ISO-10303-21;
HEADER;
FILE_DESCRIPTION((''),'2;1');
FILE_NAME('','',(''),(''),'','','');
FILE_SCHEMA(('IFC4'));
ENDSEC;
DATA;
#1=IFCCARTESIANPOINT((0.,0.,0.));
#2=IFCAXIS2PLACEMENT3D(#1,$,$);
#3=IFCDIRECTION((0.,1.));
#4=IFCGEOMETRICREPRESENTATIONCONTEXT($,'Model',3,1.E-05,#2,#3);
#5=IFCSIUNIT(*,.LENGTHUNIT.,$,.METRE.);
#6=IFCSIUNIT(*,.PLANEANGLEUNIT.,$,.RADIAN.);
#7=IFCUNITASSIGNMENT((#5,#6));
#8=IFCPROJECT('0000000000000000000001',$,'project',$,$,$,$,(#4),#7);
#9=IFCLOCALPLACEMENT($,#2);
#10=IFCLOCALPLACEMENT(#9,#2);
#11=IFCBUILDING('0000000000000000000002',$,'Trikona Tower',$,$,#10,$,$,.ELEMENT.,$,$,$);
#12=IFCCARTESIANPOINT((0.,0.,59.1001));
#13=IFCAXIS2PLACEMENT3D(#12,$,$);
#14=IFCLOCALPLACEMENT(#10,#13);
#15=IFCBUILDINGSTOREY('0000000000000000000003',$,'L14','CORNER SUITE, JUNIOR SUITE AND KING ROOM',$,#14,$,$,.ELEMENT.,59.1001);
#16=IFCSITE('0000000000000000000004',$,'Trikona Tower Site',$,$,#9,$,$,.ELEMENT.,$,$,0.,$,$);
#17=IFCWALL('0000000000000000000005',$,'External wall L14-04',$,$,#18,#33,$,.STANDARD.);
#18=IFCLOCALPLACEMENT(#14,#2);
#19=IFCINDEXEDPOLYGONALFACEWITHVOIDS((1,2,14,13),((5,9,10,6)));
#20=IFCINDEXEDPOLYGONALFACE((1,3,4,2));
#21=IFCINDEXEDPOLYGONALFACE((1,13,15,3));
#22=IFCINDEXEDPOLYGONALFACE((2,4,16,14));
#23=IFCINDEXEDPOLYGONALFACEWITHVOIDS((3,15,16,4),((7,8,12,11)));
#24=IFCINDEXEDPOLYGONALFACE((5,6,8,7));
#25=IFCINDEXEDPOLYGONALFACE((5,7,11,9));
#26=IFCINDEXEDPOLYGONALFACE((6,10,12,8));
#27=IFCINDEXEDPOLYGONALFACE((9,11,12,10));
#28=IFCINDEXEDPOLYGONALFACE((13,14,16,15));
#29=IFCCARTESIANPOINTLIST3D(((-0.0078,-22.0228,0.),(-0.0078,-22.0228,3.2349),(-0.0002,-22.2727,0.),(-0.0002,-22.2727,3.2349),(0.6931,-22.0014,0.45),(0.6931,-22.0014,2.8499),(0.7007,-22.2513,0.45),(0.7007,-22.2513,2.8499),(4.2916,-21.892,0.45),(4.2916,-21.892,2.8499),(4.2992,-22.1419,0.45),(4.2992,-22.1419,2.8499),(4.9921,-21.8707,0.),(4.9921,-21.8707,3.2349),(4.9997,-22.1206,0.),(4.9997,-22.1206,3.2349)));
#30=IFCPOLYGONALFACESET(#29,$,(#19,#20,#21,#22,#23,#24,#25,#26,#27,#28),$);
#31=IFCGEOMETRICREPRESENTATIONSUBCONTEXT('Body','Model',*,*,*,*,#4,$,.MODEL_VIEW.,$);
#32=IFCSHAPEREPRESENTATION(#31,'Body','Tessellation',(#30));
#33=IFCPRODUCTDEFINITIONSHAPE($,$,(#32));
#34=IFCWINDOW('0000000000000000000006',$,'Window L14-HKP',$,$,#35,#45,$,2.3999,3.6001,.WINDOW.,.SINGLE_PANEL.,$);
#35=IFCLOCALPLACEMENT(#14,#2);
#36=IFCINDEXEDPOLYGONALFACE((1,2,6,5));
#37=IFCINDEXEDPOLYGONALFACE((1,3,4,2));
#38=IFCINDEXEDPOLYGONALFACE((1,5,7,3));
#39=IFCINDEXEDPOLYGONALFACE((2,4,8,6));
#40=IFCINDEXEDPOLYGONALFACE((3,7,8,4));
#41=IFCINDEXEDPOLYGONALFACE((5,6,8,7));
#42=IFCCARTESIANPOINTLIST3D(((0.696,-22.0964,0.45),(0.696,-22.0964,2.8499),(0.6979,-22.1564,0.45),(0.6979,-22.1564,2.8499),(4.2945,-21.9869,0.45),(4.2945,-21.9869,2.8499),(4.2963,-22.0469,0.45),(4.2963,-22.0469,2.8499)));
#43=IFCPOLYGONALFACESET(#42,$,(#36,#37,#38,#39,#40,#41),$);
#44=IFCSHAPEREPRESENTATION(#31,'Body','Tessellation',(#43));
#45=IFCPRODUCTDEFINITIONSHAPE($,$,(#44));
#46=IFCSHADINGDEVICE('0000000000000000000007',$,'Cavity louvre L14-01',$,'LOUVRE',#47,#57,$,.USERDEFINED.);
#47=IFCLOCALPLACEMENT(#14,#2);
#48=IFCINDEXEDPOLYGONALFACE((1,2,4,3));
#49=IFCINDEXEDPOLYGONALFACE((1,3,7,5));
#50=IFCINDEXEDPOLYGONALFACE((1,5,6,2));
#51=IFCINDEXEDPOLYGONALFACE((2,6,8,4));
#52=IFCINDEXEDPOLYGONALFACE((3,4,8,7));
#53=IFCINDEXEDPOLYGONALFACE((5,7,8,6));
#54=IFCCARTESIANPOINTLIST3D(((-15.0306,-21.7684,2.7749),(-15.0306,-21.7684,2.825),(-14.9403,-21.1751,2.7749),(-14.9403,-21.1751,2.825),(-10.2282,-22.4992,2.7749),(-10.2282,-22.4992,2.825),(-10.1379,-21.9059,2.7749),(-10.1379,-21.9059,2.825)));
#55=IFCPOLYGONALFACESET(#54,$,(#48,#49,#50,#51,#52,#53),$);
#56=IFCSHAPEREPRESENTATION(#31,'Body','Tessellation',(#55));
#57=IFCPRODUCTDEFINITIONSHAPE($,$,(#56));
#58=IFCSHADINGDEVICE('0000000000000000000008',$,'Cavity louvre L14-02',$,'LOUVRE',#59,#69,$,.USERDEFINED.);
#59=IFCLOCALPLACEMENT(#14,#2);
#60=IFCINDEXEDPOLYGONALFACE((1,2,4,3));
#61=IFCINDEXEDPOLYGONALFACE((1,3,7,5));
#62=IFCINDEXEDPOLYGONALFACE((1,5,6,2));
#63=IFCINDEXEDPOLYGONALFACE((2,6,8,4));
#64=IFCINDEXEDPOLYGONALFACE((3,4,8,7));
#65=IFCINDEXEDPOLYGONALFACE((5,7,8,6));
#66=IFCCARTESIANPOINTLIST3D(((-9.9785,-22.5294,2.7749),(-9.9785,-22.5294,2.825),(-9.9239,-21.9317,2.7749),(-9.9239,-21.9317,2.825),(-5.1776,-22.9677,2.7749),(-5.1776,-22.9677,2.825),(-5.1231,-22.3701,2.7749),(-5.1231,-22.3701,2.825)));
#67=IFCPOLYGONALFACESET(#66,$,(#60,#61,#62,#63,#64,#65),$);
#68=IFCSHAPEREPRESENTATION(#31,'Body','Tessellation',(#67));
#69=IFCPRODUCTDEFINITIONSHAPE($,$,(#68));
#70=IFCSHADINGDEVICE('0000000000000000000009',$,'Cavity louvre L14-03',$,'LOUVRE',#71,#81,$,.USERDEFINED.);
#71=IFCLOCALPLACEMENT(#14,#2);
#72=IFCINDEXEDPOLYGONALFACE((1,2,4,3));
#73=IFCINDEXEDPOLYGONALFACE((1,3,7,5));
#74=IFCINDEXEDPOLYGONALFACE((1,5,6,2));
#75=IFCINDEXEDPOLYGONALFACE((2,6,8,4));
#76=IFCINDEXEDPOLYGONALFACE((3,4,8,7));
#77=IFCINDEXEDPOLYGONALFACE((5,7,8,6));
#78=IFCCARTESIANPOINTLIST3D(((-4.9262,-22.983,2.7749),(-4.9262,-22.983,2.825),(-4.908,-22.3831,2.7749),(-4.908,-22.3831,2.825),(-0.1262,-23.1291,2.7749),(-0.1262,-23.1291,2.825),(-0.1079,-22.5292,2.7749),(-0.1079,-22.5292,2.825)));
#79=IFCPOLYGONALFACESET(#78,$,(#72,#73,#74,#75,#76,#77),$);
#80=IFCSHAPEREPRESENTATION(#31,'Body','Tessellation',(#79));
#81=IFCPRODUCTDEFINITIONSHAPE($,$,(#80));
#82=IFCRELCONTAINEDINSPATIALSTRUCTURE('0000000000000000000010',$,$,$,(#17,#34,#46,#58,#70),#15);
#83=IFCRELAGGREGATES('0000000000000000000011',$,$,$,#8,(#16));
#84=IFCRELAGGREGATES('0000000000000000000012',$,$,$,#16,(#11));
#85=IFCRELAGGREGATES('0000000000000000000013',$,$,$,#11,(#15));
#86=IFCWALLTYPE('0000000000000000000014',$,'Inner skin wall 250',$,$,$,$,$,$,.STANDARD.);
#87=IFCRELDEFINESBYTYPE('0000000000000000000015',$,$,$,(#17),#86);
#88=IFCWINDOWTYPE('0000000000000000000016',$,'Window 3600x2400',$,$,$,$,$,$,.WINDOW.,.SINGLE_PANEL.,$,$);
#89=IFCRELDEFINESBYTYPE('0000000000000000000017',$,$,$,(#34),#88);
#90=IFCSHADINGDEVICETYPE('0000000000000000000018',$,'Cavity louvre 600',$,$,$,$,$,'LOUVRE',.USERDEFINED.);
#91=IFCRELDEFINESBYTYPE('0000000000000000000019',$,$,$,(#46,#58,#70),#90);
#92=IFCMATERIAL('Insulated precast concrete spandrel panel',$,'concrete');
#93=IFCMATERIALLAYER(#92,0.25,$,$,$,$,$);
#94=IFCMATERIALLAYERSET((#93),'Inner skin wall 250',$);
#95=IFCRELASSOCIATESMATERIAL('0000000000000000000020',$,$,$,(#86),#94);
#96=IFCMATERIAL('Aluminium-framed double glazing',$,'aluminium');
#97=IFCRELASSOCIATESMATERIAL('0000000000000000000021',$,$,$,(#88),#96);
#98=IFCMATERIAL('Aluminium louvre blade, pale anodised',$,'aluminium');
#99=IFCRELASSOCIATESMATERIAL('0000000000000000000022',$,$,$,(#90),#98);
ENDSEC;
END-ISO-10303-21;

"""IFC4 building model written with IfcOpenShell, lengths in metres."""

from ifc_helpers import new_model, si_unit, direction, frame, frame_2d, origin, origin_2d, place, context, subcontext, project, spatial, rectangle, extrude, material, layer, layer_set, type_object, element, fill, save


model = new_model("IFC4")

# Units and contexts
model_context = context("Model", 3, precision=1e-05, world=origin(), true_north=direction((0.0, 1.0)))
body_context = subcontext(model_context, "Body", "Model", "MODEL_VIEW")
ifc_project = project(units=[si_unit("LENGTHUNIT", "METRE"), si_unit("PLANEANGLEUNIT", "RADIAN")], contexts=[model_context])

# Site, building, storey
site_placement = place(None, origin())
site = spatial("IfcSite", under=ifc_project, at=site_placement, Name="Trikona Tower Site", CompositionType="ELEMENT", RefElevation=0.0)
building_placement = place(site_placement, origin())
building = spatial("IfcBuilding", under=site, at=building_placement, Name="Trikona Tower", CompositionType="ELEMENT")
storey_placement = place(building_placement, frame((0.0, 0.0, 59.1001)))
storey = spatial("IfcBuildingStorey", under=building, at=storey_placement, Name="L14", Description="CORNER SUITE, JUNIOR SUITE AND KING ROOM", CompositionType="ELEMENT", Elevation=59.1001)

# Wall, opening, window
ifc_material_1 = material(Name="Insulated precast concrete spandrel panel", Category="concrete")
ifc_layer_1 = layer(ifc_material_1, 0.25)
ifc_layer_set_1 = layer_set([ifc_layer_1], Name="Inner skin wall 250")
wall_type_1 = type_object("IfcWallType", Name="Inner skin wall 250", PredefinedType="STANDARD", material=ifc_layer_set_1)
ifc_material_2 = material(Name="Aluminium-framed double glazing", Category="aluminium")
window_type = type_object("IfcWindowType", Name="Window 3600x2400", PartitioningType="SINGLE_PANEL", PredefinedType="WINDOW", material=ifc_material_2)
wall_1_placement = place(storey_placement, frame((-0.0039, -22.1477, 0.0), z_axis=(0.0, 0.0, 1.0), x_axis=(0.999538, 0.030406, 0.0)))
wall_1 = element("IfcWall", 1, at=wall_1_placement, inside=storey, type_object=wall_type_1, Name="External wall L14-04", PredefinedType="STANDARD", context=body_context, shape_type="SweptSolid", body=[
    extrude(rectangle(XDim=5.0022, YDim=0.25, at=frame_2d((2.501, 0.0))), origin(), (0.0, 0.0, 1.0), 3.2349),
])
opening_1_placement = place(wall_1_placement, frame((0.7012, 0.0, 0.45)))
opening_1 = element("IfcOpeningElement", 2, at=opening_1_placement, cuts=wall_1, PredefinedType="OPENING", context=body_context, shape_type="SweptSolid", body=[
    extrude(rectangle(XDim=3.6001, YDim=2.3999, at=frame_2d((1.8, 1.2))), frame((0.0, 0.135, 0.0), z_axis=(0.0, -1.0, 0.0), x_axis=(1.0, 0.0, 0.0)), (0.0, 0.0, 1.0), 0.27),
])
window_1_placement = place(opening_1_placement, origin())
window_1 = element("IfcWindow", 3, at=window_1_placement, inside=storey, type_object=window_type, Name="Window L14-HKP", OverallHeight=2.3999, OverallWidth=3.6001, PartitioningType="SINGLE_PANEL", PredefinedType="WINDOW", context=body_context, shape_type="SweptSolid", body=[
    extrude(rectangle(XDim=3.6001, YDim=2.3999, at=frame_2d((1.8, 1.2))), frame((0.0, 0.03, 0.0), z_axis=(0.0, -1.0, 0.0), x_axis=(1.0, 0.0, 0.0)), (0.0, 0.0, 1.0), 0.0601),
])
fill(opening_1, window_1)

# Shading devices
ifc_material_3 = material(Name="Aluminium louvre blade, pale anodised", Category="aluminium")
shading_device_type = type_object("IfcShadingDeviceType", Name="Cavity louvre 600", ElementType="LOUVRE", PredefinedType="USERDEFINED", material=ifc_material_3)
shading_device_1_placement = place(storey_placement, frame((-12.5842, -21.8372, 2.7749), z_axis=(0.0, 0.0, 1.0), x_axis=(0.988618, -0.150448, 0.0)))
element("IfcShadingDevice", 4, at=shading_device_1_placement, inside=storey, type_object=shading_device_type, Name="Cavity louvre L14-01", ObjectType="LOUVRE", PredefinedType="USERDEFINED", context=body_context, shape_type="SweptSolid", body=[
    extrude(rectangle(XDim=4.8577, YDim=0.6001, at=origin_2d()), origin(), (0.0, 0.0, 1.0), 0.05),
])
shading_device_2_placement = place(storey_placement, frame((-7.5508, -22.4497, 2.7749), z_axis=(0.0, 0.0, 1.0), x_axis=(0.995858, -0.090921, 0.0)))
element("IfcShadingDevice", 5, at=shading_device_2_placement, inside=storey, type_object=shading_device_type, Name="Cavity louvre L14-02", ObjectType="LOUVRE", PredefinedType="USERDEFINED", context=body_context, shape_type="SweptSolid", body=[
    extrude(rectangle(XDim=4.8208, YDim=0.6001, at=origin_2d()), origin(), (0.0, 0.0, 1.0), 0.05),
])
shading_device_3_placement = place(storey_placement, frame((-2.5171, -22.7561, 2.7749), z_axis=(0.0, 0.0, 1.0), x_axis=(0.999537, -0.030425, 0.0)))
element("IfcShadingDevice", 6, at=shading_device_3_placement, inside=storey, type_object=shading_device_type, Name="Cavity louvre L14-03", ObjectType="LOUVRE", PredefinedType="USERDEFINED", context=body_context, shape_type="SweptSolid", body=[
    extrude(rectangle(XDim=4.8022, YDim=0.6001, at=origin_2d()), origin(), (0.0, 0.0, 1.0), 0.05),
])

save(model, "model.ifc")
